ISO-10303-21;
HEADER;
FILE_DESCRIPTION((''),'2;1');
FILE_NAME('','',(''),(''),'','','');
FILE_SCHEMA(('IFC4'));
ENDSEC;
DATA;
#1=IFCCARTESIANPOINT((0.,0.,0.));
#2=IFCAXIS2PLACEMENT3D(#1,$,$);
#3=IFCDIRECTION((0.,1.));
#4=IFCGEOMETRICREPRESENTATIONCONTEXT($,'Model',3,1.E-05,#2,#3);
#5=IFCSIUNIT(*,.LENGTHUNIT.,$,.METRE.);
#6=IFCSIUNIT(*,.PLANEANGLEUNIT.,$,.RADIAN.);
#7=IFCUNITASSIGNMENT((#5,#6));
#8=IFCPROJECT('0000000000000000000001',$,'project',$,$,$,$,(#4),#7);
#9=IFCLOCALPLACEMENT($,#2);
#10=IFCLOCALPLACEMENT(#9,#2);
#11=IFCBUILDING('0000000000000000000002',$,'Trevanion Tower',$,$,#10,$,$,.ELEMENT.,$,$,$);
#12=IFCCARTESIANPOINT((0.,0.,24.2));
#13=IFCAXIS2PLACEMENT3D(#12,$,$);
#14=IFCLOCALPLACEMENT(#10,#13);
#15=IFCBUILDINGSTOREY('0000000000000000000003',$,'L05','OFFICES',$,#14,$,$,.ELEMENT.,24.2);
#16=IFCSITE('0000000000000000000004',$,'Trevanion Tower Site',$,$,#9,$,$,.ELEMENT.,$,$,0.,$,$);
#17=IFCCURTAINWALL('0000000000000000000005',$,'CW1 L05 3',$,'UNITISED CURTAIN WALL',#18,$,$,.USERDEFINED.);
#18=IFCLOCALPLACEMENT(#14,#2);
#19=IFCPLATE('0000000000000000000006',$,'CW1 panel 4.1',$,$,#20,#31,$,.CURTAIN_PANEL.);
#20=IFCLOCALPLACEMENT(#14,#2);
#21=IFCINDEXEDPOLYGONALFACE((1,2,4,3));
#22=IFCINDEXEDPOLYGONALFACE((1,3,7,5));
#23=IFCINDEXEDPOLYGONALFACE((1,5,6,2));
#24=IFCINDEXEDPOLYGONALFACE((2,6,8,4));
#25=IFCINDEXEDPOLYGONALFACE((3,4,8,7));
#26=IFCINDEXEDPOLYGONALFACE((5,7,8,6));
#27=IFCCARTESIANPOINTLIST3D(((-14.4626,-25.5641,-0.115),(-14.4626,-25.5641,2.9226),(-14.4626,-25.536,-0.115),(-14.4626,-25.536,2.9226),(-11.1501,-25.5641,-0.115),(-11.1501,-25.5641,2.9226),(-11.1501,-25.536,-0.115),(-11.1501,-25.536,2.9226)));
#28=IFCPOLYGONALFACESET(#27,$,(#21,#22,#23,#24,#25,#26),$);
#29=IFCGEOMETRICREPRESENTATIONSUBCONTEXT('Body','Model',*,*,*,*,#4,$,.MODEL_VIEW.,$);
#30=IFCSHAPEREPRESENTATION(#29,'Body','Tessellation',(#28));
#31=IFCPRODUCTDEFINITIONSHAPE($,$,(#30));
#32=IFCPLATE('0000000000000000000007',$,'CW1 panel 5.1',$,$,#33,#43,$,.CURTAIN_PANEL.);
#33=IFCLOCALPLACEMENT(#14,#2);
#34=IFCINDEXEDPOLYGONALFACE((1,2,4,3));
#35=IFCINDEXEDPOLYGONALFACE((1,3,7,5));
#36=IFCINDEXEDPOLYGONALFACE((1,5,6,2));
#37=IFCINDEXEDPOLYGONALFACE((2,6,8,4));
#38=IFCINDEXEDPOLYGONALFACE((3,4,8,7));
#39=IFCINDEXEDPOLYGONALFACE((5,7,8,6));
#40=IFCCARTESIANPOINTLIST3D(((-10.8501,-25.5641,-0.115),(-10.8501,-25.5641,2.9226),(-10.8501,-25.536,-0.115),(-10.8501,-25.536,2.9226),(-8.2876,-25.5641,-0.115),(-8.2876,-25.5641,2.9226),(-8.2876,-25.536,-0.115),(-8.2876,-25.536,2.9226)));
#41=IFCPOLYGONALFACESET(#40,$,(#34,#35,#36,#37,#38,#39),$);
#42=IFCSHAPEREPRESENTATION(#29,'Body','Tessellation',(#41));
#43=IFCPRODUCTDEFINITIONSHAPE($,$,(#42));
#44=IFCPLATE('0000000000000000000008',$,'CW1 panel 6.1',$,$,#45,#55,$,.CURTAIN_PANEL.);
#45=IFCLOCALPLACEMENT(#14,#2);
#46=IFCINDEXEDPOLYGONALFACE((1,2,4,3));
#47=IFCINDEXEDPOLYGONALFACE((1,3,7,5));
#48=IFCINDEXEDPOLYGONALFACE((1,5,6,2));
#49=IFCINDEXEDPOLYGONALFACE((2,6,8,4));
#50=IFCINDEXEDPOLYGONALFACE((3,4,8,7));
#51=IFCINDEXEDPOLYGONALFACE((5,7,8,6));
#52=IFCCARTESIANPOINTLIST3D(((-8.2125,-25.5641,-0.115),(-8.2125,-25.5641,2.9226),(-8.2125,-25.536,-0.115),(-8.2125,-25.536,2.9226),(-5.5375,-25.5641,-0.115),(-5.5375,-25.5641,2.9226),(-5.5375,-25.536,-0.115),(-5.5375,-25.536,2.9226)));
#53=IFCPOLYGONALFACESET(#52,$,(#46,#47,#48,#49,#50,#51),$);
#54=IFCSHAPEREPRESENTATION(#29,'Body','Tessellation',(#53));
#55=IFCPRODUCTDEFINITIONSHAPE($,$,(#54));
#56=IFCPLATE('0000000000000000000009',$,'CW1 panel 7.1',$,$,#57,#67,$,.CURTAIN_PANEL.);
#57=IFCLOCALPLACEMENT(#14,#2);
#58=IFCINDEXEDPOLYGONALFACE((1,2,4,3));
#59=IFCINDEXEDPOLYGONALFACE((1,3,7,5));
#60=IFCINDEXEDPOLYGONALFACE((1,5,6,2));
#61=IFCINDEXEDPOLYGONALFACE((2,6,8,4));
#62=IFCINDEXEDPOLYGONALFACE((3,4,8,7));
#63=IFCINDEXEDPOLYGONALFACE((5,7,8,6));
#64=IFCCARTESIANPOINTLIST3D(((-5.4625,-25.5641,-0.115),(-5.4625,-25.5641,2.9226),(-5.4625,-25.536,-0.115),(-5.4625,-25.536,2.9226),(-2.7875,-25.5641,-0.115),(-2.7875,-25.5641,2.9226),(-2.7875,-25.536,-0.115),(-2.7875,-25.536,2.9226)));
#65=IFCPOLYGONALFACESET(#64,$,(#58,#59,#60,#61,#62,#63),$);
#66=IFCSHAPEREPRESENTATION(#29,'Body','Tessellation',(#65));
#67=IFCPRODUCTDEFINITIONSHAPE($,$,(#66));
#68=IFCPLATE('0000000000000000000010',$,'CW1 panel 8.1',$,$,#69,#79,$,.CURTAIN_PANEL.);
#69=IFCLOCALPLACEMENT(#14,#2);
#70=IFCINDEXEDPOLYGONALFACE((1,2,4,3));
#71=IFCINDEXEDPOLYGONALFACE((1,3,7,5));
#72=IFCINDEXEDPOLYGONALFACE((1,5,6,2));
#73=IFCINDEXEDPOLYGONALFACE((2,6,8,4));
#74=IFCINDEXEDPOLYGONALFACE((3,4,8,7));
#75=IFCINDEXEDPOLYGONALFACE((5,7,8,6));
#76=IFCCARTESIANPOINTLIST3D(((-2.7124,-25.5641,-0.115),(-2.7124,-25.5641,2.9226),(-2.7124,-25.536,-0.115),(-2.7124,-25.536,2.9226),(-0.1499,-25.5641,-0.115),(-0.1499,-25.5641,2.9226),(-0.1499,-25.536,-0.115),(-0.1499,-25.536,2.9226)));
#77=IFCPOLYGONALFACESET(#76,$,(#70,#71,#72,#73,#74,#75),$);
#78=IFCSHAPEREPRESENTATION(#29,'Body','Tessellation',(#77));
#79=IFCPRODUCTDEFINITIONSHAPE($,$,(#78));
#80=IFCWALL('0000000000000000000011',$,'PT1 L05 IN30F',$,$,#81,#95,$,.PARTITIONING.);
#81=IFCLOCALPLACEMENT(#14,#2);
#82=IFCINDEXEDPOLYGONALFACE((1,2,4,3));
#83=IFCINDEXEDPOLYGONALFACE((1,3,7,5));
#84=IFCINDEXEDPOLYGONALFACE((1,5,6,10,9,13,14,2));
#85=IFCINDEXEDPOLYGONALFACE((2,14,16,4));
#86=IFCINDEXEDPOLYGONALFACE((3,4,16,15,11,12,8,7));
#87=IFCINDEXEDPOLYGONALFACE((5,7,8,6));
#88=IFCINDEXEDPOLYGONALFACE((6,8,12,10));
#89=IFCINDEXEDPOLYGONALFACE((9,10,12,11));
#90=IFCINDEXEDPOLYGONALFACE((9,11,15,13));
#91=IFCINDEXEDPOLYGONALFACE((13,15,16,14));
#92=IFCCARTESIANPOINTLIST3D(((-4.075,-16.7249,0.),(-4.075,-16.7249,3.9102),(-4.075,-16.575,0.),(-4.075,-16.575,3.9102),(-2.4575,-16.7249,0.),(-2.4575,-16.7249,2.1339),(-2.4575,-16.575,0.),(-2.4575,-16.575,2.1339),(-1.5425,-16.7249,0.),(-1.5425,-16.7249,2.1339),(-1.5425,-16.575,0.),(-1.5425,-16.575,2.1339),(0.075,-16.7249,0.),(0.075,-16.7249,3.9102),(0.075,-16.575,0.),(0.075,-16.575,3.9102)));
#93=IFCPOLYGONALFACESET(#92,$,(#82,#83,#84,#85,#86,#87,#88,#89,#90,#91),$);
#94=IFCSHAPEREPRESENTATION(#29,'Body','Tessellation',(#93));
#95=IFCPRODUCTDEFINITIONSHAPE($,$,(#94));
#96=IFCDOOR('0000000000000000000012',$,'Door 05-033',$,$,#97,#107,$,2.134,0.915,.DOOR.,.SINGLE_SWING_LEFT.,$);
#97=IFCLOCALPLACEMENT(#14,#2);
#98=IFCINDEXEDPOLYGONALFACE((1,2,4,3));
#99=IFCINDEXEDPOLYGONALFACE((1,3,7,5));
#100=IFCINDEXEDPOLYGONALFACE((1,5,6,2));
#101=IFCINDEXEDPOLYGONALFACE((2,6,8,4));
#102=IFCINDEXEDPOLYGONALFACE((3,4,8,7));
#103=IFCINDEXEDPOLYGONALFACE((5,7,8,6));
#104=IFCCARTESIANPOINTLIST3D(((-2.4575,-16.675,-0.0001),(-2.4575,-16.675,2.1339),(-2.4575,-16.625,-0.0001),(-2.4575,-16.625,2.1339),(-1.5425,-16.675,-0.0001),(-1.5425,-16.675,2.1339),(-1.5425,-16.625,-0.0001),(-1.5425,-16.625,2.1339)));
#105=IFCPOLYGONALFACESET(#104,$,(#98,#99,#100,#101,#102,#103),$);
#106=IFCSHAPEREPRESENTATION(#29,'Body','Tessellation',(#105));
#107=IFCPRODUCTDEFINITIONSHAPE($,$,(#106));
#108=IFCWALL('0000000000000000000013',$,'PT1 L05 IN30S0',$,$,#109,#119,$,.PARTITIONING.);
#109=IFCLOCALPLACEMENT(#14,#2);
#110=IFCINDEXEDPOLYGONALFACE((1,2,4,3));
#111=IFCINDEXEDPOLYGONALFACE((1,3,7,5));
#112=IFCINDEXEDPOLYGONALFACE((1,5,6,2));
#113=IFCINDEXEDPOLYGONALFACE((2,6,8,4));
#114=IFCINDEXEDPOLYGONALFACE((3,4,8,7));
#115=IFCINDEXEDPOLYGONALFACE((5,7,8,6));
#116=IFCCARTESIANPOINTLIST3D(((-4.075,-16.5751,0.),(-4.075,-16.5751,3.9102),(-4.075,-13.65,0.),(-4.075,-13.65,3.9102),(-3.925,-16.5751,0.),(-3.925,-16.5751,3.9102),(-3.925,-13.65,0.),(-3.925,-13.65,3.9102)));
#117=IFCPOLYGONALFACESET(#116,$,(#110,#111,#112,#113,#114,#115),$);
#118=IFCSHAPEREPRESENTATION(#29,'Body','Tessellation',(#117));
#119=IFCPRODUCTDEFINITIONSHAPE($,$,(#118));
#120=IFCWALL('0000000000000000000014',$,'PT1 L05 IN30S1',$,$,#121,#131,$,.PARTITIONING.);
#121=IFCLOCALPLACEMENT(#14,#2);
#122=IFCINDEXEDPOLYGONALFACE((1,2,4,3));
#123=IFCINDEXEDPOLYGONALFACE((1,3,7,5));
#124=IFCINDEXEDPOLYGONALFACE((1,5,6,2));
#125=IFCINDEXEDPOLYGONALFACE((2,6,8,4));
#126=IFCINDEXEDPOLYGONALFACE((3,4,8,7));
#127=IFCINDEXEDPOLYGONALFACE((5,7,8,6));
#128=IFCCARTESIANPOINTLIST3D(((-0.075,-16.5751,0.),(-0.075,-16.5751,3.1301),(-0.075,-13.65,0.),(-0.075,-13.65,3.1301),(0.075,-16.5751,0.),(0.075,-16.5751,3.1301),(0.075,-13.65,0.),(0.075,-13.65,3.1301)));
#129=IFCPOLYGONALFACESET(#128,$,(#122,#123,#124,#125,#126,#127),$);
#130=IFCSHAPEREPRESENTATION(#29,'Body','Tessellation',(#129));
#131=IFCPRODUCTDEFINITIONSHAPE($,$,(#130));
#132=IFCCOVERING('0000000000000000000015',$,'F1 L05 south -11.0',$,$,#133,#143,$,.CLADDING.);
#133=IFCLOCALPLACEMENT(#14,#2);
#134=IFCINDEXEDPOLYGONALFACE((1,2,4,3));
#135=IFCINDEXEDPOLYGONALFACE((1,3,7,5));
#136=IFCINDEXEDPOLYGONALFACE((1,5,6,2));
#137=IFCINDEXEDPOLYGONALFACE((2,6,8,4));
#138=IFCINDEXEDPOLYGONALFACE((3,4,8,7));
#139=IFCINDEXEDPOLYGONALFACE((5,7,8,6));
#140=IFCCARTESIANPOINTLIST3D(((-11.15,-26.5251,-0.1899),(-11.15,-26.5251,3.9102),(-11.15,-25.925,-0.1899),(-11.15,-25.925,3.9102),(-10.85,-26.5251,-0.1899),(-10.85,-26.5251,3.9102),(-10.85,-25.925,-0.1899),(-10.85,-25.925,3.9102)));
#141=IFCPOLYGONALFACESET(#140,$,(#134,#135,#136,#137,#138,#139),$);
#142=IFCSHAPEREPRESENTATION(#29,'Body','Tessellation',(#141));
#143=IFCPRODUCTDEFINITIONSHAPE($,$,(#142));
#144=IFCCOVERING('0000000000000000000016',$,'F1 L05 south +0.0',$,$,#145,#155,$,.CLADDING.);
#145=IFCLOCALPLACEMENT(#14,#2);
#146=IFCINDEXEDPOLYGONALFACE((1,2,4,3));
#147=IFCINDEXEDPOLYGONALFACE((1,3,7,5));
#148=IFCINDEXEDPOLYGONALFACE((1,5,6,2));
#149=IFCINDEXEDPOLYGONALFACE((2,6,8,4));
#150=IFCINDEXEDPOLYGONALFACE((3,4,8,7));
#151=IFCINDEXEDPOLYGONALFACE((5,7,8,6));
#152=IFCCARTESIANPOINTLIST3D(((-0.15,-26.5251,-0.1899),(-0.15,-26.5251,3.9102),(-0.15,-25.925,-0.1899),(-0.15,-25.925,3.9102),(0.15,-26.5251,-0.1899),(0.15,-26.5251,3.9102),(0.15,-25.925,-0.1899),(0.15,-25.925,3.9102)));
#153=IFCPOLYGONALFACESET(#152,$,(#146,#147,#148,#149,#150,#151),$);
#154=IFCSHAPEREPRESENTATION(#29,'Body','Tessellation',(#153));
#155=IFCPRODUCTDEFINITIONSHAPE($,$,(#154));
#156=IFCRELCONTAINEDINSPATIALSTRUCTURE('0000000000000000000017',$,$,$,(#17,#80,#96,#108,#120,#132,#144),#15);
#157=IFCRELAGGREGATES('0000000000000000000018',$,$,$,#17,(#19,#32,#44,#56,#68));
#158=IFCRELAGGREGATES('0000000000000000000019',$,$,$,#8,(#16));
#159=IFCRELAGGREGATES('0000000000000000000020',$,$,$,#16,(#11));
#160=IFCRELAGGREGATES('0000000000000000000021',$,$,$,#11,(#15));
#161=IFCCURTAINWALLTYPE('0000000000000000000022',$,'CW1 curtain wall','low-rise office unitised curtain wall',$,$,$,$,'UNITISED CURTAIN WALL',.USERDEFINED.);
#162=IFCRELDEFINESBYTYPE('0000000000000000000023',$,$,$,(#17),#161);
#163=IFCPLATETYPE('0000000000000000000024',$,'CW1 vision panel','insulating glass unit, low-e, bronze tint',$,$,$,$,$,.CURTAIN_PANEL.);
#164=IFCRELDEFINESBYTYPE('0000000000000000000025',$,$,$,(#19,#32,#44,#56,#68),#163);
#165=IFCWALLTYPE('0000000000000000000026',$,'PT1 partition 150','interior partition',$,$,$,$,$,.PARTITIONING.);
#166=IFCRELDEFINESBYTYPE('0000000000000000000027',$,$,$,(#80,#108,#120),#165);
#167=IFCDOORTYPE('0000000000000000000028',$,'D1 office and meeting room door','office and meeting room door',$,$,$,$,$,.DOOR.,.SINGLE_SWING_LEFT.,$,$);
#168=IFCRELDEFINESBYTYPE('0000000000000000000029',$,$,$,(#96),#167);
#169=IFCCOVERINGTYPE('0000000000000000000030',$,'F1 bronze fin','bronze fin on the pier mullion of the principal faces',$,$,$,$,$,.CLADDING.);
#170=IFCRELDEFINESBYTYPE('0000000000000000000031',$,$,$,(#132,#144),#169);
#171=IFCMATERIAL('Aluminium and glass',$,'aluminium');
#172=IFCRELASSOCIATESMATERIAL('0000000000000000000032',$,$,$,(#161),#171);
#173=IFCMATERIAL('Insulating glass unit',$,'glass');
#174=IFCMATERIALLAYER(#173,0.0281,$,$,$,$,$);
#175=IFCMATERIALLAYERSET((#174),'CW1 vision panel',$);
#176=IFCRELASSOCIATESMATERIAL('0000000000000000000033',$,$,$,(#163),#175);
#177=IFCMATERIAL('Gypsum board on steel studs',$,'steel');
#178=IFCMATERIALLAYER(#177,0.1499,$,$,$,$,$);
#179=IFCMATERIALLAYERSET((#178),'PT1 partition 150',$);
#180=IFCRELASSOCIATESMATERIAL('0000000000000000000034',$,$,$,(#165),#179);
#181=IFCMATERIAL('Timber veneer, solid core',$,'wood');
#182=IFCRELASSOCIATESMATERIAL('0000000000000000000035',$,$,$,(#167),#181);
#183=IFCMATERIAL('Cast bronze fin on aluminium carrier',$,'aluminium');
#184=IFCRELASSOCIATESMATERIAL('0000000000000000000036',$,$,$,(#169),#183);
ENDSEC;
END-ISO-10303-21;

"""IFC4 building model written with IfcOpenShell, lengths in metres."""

from ifc_helpers import new_model, si_unit, direction, frame, frame_2d, origin, origin_2d, place, context, subcontext, project, spatial, rectangle, extrude, material, layer, layer_set, type_object, element, fill, aggregate, save


model = new_model("IFC4")

# Units and contexts
model_context = context("Model", 3, precision=1e-05, world=origin(), true_north=direction((0.0, 1.0)))
body_context = subcontext(model_context, "Body", "Model", "MODEL_VIEW")
ifc_project = project(units=[si_unit("LENGTHUNIT", "METRE"), si_unit("PLANEANGLEUNIT", "RADIAN")], contexts=[model_context])

# Site, building, storey
site_placement = place(None, origin())
site = spatial("IfcSite", under=ifc_project, at=site_placement, Name="Trevanion Tower Site", CompositionType="ELEMENT", RefElevation=0.0)
building_placement = place(site_placement, origin())
building = spatial("IfcBuilding", under=site, at=building_placement, Name="Trevanion Tower", CompositionType="ELEMENT")
storey_placement = place(building_placement, frame((0.0, 0.0, 24.2)))
storey = spatial("IfcBuildingStorey", under=building, at=storey_placement, Name="L05", Description="OFFICES", CompositionType="ELEMENT", Elevation=24.2)

# Curtain wall
ifc_material_1 = material(Name="Aluminium and glass", Category="aluminium")
curtain_wall_type = type_object("IfcCurtainWallType", Name="CW1 curtain wall", Description="low-rise office unitised curtain wall", ElementType="UNITISED CURTAIN WALL", PredefinedType="USERDEFINED", material=ifc_material_1)
curtain_wall_placement = place(storey_placement, origin())
curtain_wall = element("IfcCurtainWall", 1, at=curtain_wall_placement, inside=storey, type_object=curtain_wall_type, Name="CW1 L05 3", ObjectType="UNITISED CURTAIN WALL", PredefinedType="USERDEFINED")

# Plates
ifc_material_2 = material(Name="Insulating glass unit", Category="glass")
ifc_layer_1 = layer(ifc_material_2, 0.0281)
ifc_layer_set_1 = layer_set([ifc_layer_1], Name="CW1 vision panel")
plate_type_1 = type_object("IfcPlateType", Name="CW1 vision panel", Description="insulating glass unit, low-e, bronze tint", PredefinedType="CURTAIN_PANEL", material=ifc_layer_set_1)
plate_1_placement = place(storey_placement, frame((-12.8064, -25.55, -0.115), z_axis=(0.0, 0.0, 1.0), x_axis=(1.0, 0.0, 0.0)))
plate_1 = element("IfcPlate", 2, at=plate_1_placement, type_object=plate_type_1, Name="CW1 panel 4.1", PredefinedType="CURTAIN_PANEL", context=body_context, shape_type="SweptSolid", body=[
    extrude(rectangle(XDim=3.3125, YDim=0.0281, at=origin_2d()), origin(), (0.0, 0.0, 1.0), 3.0376),
])
plate_2_placement = place(storey_placement, frame((-9.5688, -25.55, -0.115), z_axis=(0.0, 0.0, 1.0), x_axis=(1.0, 0.0, 0.0)))
plate_2 = element("IfcPlate", 3, at=plate_2_placement, type_object=plate_type_1, Name="CW1 panel 5.1", PredefinedType="CURTAIN_PANEL", context=body_context, shape_type="SweptSolid", body=[
    extrude(rectangle(XDim=2.5625, YDim=0.0281, at=origin_2d()), origin(), (0.0, 0.0, 1.0), 3.0376),
])
plate_3_placement = place(storey_placement, frame((-6.875, -25.55, -0.115), z_axis=(0.0, 0.0, 1.0), x_axis=(1.0, 0.0, 0.0)))
plate_3 = element("IfcPlate", 4, at=plate_3_placement, type_object=plate_type_1, Name="CW1 panel 6.1", PredefinedType="CURTAIN_PANEL", context=body_context, shape_type="SweptSolid", body=[
    extrude(rectangle(XDim=2.675, YDim=0.0281, at=origin_2d()), origin(), (0.0, 0.0, 1.0), 3.0376),
])
plate_4_placement = place(storey_placement, frame((-4.125, -25.55, -0.115), z_axis=(0.0, 0.0, 1.0), x_axis=(1.0, 0.0, 0.0)))
plate_4 = element("IfcPlate", 5, at=plate_4_placement, type_object=plate_type_1, Name="CW1 panel 7.1", PredefinedType="CURTAIN_PANEL", context=body_context, shape_type="SweptSolid", body=[
    extrude(rectangle(XDim=2.675, YDim=0.0281, at=origin_2d()), origin(), (0.0, 0.0, 1.0), 3.0376),
])
plate_5_placement = place(storey_placement, frame((-1.4312, -25.55, -0.115), z_axis=(0.0, 0.0, 1.0), x_axis=(1.0, 0.0, 0.0)))
plate_5 = element("IfcPlate", 6, at=plate_5_placement, type_object=plate_type_1, Name="CW1 panel 8.1", PredefinedType="CURTAIN_PANEL", context=body_context, shape_type="SweptSolid", body=[
    extrude(rectangle(XDim=2.5625, YDim=0.0281, at=origin_2d()), origin(), (0.0, 0.0, 1.0), 3.0376),
])
aggregate(curtain_wall, [plate_1, plate_2, plate_3, plate_4, plate_5])

# Wall, opening, door
ifc_material_3 = material(Name="Gypsum board on steel studs", Category="steel")
ifc_layer_2 = layer(ifc_material_3, 0.1499)
ifc_layer_set_2 = layer_set([ifc_layer_2], Name="PT1 partition 150")
wall_type = type_object("IfcWallType", Name="PT1 partition 150", Description="interior partition", PredefinedType="PARTITIONING", material=ifc_layer_set_2)
wall_1_placement = place(storey_placement, frame((-4.075, -16.6499, 0.0), z_axis=(0.0, 0.0, 1.0), x_axis=(1.0, 0.0, 0.0)))
wall_1 = element("IfcWall", 7, at=wall_1_placement, inside=storey, type_object=wall_type, Name="PT1 L05 IN30F", PredefinedType="PARTITIONING", context=body_context, shape_type="SweptSolid", body=[
    extrude(rectangle(XDim=4.1499, YDim=0.1499, at=frame_2d((2.075, 0.0))), origin(), (0.0, 0.0, 1.0), 3.9102),
])
opening_placement = place(wall_1_placement, frame((1.6174, 0.0, 0.0)))
opening = element("IfcOpeningElement", 8, at=opening_placement, cuts=wall_1, PredefinedType="OPENING", context=body_context, shape_type="SweptSolid", body=[
    extrude(rectangle(XDim=0.915, YDim=2.134, at=frame_2d((0.4575, 1.0669))), frame((0.0, 0.085, 0.0), z_axis=(0.0, -1.0, 0.0), x_axis=(1.0, 0.0, 0.0)), (0.0, 0.0, 1.0), 0.1699),
])
ifc_material_4 = material(Name="Timber veneer, solid core", Category="wood")
door_type = type_object("IfcDoorType", Name="D1 office and meeting room door", Description="office and meeting room door", OperationType="SINGLE_SWING_LEFT", PredefinedType="DOOR", material=ifc_material_4)
door_placement = place(opening_placement, origin())
door = element("IfcDoor", 9, at=door_placement, inside=storey, type_object=door_type, Name="Door 05-033", OperationType="SINGLE_SWING_LEFT", OverallHeight=2.134, OverallWidth=0.915, PredefinedType="DOOR", context=body_context, shape_type="SweptSolid", body=[
    extrude(rectangle(XDim=0.915, YDim=2.134, at=frame_2d((0.4575, 1.0669))), frame((0.0, 0.0249, 0.0), z_axis=(0.0, -1.0, 0.0), x_axis=(1.0, 0.0, 0.0)), (0.0, 0.0, 1.0), 0.05),
])
fill(opening, door)

# Walls
wall_2_placement = place(storey_placement, frame((-4.0, -16.575, 0.0), z_axis=(0.0, 0.0, 1.0), x_axis=(0.0, 1.0, 0.0)))
element("IfcWall", 10, at=wall_2_placement, inside=storey, type_object=wall_type, Name="PT1 L05 IN30S0", PredefinedType="PARTITIONING", context=body_context, shape_type="SweptSolid", body=[
    extrude(rectangle(XDim=2.925, YDim=0.1499, at=frame_2d((1.4624, 0.0))), origin(), (0.0, 0.0, 1.0), 3.9102),
])
wall_3_placement = place(storey_placement, frame((0.0, -16.575, 0.0), z_axis=(0.0, 0.0, 1.0), x_axis=(0.0, 1.0, 0.0)))
element("IfcWall", 11, at=wall_3_placement, inside=storey, type_object=wall_type, Name="PT1 L05 IN30S1", PredefinedType="PARTITIONING", context=body_context, shape_type="SweptSolid", body=[
    extrude(rectangle(XDim=2.925, YDim=0.1499, at=frame_2d((1.4624, 0.0))), origin(), (0.0, 0.0, 1.0), 3.1301),
])

# Coverings
ifc_material_5 = material(Name="Cast bronze fin on aluminium carrier", Category="aluminium")
covering_type = type_object("IfcCoveringType", Name="F1 bronze fin", Description="bronze fin on the pier mullion of the principal faces", PredefinedType="CLADDING", material=ifc_material_5)
for number, where, z_axis, x_axis, name in (
    (12, (-11.0, -26.2251, -0.1899), (0.0, 0.0, 1.0), (1.0, 0.0, 0.0), "F1 L05 south -11.0"),
    (13, (0.0, -26.2251, -0.1899), (0.0, 0.0, 1.0), (1.0, 0.0, 0.0), "F1 L05 south +0.0"),
):
    element("IfcCovering", number, at=place(storey_placement, frame(where, z_axis=z_axis, x_axis=x_axis)), inside=storey, type_object=covering_type, Name=name, PredefinedType="CLADDING", context=body_context, shape_type="SweptSolid", body=[
        extrude(rectangle(XDim=0.3, YDim=0.6001, at=origin_2d()), origin(), (0.0, 0.0, 1.0), 4.1001),
    ])

save(model, "model.ifc")
